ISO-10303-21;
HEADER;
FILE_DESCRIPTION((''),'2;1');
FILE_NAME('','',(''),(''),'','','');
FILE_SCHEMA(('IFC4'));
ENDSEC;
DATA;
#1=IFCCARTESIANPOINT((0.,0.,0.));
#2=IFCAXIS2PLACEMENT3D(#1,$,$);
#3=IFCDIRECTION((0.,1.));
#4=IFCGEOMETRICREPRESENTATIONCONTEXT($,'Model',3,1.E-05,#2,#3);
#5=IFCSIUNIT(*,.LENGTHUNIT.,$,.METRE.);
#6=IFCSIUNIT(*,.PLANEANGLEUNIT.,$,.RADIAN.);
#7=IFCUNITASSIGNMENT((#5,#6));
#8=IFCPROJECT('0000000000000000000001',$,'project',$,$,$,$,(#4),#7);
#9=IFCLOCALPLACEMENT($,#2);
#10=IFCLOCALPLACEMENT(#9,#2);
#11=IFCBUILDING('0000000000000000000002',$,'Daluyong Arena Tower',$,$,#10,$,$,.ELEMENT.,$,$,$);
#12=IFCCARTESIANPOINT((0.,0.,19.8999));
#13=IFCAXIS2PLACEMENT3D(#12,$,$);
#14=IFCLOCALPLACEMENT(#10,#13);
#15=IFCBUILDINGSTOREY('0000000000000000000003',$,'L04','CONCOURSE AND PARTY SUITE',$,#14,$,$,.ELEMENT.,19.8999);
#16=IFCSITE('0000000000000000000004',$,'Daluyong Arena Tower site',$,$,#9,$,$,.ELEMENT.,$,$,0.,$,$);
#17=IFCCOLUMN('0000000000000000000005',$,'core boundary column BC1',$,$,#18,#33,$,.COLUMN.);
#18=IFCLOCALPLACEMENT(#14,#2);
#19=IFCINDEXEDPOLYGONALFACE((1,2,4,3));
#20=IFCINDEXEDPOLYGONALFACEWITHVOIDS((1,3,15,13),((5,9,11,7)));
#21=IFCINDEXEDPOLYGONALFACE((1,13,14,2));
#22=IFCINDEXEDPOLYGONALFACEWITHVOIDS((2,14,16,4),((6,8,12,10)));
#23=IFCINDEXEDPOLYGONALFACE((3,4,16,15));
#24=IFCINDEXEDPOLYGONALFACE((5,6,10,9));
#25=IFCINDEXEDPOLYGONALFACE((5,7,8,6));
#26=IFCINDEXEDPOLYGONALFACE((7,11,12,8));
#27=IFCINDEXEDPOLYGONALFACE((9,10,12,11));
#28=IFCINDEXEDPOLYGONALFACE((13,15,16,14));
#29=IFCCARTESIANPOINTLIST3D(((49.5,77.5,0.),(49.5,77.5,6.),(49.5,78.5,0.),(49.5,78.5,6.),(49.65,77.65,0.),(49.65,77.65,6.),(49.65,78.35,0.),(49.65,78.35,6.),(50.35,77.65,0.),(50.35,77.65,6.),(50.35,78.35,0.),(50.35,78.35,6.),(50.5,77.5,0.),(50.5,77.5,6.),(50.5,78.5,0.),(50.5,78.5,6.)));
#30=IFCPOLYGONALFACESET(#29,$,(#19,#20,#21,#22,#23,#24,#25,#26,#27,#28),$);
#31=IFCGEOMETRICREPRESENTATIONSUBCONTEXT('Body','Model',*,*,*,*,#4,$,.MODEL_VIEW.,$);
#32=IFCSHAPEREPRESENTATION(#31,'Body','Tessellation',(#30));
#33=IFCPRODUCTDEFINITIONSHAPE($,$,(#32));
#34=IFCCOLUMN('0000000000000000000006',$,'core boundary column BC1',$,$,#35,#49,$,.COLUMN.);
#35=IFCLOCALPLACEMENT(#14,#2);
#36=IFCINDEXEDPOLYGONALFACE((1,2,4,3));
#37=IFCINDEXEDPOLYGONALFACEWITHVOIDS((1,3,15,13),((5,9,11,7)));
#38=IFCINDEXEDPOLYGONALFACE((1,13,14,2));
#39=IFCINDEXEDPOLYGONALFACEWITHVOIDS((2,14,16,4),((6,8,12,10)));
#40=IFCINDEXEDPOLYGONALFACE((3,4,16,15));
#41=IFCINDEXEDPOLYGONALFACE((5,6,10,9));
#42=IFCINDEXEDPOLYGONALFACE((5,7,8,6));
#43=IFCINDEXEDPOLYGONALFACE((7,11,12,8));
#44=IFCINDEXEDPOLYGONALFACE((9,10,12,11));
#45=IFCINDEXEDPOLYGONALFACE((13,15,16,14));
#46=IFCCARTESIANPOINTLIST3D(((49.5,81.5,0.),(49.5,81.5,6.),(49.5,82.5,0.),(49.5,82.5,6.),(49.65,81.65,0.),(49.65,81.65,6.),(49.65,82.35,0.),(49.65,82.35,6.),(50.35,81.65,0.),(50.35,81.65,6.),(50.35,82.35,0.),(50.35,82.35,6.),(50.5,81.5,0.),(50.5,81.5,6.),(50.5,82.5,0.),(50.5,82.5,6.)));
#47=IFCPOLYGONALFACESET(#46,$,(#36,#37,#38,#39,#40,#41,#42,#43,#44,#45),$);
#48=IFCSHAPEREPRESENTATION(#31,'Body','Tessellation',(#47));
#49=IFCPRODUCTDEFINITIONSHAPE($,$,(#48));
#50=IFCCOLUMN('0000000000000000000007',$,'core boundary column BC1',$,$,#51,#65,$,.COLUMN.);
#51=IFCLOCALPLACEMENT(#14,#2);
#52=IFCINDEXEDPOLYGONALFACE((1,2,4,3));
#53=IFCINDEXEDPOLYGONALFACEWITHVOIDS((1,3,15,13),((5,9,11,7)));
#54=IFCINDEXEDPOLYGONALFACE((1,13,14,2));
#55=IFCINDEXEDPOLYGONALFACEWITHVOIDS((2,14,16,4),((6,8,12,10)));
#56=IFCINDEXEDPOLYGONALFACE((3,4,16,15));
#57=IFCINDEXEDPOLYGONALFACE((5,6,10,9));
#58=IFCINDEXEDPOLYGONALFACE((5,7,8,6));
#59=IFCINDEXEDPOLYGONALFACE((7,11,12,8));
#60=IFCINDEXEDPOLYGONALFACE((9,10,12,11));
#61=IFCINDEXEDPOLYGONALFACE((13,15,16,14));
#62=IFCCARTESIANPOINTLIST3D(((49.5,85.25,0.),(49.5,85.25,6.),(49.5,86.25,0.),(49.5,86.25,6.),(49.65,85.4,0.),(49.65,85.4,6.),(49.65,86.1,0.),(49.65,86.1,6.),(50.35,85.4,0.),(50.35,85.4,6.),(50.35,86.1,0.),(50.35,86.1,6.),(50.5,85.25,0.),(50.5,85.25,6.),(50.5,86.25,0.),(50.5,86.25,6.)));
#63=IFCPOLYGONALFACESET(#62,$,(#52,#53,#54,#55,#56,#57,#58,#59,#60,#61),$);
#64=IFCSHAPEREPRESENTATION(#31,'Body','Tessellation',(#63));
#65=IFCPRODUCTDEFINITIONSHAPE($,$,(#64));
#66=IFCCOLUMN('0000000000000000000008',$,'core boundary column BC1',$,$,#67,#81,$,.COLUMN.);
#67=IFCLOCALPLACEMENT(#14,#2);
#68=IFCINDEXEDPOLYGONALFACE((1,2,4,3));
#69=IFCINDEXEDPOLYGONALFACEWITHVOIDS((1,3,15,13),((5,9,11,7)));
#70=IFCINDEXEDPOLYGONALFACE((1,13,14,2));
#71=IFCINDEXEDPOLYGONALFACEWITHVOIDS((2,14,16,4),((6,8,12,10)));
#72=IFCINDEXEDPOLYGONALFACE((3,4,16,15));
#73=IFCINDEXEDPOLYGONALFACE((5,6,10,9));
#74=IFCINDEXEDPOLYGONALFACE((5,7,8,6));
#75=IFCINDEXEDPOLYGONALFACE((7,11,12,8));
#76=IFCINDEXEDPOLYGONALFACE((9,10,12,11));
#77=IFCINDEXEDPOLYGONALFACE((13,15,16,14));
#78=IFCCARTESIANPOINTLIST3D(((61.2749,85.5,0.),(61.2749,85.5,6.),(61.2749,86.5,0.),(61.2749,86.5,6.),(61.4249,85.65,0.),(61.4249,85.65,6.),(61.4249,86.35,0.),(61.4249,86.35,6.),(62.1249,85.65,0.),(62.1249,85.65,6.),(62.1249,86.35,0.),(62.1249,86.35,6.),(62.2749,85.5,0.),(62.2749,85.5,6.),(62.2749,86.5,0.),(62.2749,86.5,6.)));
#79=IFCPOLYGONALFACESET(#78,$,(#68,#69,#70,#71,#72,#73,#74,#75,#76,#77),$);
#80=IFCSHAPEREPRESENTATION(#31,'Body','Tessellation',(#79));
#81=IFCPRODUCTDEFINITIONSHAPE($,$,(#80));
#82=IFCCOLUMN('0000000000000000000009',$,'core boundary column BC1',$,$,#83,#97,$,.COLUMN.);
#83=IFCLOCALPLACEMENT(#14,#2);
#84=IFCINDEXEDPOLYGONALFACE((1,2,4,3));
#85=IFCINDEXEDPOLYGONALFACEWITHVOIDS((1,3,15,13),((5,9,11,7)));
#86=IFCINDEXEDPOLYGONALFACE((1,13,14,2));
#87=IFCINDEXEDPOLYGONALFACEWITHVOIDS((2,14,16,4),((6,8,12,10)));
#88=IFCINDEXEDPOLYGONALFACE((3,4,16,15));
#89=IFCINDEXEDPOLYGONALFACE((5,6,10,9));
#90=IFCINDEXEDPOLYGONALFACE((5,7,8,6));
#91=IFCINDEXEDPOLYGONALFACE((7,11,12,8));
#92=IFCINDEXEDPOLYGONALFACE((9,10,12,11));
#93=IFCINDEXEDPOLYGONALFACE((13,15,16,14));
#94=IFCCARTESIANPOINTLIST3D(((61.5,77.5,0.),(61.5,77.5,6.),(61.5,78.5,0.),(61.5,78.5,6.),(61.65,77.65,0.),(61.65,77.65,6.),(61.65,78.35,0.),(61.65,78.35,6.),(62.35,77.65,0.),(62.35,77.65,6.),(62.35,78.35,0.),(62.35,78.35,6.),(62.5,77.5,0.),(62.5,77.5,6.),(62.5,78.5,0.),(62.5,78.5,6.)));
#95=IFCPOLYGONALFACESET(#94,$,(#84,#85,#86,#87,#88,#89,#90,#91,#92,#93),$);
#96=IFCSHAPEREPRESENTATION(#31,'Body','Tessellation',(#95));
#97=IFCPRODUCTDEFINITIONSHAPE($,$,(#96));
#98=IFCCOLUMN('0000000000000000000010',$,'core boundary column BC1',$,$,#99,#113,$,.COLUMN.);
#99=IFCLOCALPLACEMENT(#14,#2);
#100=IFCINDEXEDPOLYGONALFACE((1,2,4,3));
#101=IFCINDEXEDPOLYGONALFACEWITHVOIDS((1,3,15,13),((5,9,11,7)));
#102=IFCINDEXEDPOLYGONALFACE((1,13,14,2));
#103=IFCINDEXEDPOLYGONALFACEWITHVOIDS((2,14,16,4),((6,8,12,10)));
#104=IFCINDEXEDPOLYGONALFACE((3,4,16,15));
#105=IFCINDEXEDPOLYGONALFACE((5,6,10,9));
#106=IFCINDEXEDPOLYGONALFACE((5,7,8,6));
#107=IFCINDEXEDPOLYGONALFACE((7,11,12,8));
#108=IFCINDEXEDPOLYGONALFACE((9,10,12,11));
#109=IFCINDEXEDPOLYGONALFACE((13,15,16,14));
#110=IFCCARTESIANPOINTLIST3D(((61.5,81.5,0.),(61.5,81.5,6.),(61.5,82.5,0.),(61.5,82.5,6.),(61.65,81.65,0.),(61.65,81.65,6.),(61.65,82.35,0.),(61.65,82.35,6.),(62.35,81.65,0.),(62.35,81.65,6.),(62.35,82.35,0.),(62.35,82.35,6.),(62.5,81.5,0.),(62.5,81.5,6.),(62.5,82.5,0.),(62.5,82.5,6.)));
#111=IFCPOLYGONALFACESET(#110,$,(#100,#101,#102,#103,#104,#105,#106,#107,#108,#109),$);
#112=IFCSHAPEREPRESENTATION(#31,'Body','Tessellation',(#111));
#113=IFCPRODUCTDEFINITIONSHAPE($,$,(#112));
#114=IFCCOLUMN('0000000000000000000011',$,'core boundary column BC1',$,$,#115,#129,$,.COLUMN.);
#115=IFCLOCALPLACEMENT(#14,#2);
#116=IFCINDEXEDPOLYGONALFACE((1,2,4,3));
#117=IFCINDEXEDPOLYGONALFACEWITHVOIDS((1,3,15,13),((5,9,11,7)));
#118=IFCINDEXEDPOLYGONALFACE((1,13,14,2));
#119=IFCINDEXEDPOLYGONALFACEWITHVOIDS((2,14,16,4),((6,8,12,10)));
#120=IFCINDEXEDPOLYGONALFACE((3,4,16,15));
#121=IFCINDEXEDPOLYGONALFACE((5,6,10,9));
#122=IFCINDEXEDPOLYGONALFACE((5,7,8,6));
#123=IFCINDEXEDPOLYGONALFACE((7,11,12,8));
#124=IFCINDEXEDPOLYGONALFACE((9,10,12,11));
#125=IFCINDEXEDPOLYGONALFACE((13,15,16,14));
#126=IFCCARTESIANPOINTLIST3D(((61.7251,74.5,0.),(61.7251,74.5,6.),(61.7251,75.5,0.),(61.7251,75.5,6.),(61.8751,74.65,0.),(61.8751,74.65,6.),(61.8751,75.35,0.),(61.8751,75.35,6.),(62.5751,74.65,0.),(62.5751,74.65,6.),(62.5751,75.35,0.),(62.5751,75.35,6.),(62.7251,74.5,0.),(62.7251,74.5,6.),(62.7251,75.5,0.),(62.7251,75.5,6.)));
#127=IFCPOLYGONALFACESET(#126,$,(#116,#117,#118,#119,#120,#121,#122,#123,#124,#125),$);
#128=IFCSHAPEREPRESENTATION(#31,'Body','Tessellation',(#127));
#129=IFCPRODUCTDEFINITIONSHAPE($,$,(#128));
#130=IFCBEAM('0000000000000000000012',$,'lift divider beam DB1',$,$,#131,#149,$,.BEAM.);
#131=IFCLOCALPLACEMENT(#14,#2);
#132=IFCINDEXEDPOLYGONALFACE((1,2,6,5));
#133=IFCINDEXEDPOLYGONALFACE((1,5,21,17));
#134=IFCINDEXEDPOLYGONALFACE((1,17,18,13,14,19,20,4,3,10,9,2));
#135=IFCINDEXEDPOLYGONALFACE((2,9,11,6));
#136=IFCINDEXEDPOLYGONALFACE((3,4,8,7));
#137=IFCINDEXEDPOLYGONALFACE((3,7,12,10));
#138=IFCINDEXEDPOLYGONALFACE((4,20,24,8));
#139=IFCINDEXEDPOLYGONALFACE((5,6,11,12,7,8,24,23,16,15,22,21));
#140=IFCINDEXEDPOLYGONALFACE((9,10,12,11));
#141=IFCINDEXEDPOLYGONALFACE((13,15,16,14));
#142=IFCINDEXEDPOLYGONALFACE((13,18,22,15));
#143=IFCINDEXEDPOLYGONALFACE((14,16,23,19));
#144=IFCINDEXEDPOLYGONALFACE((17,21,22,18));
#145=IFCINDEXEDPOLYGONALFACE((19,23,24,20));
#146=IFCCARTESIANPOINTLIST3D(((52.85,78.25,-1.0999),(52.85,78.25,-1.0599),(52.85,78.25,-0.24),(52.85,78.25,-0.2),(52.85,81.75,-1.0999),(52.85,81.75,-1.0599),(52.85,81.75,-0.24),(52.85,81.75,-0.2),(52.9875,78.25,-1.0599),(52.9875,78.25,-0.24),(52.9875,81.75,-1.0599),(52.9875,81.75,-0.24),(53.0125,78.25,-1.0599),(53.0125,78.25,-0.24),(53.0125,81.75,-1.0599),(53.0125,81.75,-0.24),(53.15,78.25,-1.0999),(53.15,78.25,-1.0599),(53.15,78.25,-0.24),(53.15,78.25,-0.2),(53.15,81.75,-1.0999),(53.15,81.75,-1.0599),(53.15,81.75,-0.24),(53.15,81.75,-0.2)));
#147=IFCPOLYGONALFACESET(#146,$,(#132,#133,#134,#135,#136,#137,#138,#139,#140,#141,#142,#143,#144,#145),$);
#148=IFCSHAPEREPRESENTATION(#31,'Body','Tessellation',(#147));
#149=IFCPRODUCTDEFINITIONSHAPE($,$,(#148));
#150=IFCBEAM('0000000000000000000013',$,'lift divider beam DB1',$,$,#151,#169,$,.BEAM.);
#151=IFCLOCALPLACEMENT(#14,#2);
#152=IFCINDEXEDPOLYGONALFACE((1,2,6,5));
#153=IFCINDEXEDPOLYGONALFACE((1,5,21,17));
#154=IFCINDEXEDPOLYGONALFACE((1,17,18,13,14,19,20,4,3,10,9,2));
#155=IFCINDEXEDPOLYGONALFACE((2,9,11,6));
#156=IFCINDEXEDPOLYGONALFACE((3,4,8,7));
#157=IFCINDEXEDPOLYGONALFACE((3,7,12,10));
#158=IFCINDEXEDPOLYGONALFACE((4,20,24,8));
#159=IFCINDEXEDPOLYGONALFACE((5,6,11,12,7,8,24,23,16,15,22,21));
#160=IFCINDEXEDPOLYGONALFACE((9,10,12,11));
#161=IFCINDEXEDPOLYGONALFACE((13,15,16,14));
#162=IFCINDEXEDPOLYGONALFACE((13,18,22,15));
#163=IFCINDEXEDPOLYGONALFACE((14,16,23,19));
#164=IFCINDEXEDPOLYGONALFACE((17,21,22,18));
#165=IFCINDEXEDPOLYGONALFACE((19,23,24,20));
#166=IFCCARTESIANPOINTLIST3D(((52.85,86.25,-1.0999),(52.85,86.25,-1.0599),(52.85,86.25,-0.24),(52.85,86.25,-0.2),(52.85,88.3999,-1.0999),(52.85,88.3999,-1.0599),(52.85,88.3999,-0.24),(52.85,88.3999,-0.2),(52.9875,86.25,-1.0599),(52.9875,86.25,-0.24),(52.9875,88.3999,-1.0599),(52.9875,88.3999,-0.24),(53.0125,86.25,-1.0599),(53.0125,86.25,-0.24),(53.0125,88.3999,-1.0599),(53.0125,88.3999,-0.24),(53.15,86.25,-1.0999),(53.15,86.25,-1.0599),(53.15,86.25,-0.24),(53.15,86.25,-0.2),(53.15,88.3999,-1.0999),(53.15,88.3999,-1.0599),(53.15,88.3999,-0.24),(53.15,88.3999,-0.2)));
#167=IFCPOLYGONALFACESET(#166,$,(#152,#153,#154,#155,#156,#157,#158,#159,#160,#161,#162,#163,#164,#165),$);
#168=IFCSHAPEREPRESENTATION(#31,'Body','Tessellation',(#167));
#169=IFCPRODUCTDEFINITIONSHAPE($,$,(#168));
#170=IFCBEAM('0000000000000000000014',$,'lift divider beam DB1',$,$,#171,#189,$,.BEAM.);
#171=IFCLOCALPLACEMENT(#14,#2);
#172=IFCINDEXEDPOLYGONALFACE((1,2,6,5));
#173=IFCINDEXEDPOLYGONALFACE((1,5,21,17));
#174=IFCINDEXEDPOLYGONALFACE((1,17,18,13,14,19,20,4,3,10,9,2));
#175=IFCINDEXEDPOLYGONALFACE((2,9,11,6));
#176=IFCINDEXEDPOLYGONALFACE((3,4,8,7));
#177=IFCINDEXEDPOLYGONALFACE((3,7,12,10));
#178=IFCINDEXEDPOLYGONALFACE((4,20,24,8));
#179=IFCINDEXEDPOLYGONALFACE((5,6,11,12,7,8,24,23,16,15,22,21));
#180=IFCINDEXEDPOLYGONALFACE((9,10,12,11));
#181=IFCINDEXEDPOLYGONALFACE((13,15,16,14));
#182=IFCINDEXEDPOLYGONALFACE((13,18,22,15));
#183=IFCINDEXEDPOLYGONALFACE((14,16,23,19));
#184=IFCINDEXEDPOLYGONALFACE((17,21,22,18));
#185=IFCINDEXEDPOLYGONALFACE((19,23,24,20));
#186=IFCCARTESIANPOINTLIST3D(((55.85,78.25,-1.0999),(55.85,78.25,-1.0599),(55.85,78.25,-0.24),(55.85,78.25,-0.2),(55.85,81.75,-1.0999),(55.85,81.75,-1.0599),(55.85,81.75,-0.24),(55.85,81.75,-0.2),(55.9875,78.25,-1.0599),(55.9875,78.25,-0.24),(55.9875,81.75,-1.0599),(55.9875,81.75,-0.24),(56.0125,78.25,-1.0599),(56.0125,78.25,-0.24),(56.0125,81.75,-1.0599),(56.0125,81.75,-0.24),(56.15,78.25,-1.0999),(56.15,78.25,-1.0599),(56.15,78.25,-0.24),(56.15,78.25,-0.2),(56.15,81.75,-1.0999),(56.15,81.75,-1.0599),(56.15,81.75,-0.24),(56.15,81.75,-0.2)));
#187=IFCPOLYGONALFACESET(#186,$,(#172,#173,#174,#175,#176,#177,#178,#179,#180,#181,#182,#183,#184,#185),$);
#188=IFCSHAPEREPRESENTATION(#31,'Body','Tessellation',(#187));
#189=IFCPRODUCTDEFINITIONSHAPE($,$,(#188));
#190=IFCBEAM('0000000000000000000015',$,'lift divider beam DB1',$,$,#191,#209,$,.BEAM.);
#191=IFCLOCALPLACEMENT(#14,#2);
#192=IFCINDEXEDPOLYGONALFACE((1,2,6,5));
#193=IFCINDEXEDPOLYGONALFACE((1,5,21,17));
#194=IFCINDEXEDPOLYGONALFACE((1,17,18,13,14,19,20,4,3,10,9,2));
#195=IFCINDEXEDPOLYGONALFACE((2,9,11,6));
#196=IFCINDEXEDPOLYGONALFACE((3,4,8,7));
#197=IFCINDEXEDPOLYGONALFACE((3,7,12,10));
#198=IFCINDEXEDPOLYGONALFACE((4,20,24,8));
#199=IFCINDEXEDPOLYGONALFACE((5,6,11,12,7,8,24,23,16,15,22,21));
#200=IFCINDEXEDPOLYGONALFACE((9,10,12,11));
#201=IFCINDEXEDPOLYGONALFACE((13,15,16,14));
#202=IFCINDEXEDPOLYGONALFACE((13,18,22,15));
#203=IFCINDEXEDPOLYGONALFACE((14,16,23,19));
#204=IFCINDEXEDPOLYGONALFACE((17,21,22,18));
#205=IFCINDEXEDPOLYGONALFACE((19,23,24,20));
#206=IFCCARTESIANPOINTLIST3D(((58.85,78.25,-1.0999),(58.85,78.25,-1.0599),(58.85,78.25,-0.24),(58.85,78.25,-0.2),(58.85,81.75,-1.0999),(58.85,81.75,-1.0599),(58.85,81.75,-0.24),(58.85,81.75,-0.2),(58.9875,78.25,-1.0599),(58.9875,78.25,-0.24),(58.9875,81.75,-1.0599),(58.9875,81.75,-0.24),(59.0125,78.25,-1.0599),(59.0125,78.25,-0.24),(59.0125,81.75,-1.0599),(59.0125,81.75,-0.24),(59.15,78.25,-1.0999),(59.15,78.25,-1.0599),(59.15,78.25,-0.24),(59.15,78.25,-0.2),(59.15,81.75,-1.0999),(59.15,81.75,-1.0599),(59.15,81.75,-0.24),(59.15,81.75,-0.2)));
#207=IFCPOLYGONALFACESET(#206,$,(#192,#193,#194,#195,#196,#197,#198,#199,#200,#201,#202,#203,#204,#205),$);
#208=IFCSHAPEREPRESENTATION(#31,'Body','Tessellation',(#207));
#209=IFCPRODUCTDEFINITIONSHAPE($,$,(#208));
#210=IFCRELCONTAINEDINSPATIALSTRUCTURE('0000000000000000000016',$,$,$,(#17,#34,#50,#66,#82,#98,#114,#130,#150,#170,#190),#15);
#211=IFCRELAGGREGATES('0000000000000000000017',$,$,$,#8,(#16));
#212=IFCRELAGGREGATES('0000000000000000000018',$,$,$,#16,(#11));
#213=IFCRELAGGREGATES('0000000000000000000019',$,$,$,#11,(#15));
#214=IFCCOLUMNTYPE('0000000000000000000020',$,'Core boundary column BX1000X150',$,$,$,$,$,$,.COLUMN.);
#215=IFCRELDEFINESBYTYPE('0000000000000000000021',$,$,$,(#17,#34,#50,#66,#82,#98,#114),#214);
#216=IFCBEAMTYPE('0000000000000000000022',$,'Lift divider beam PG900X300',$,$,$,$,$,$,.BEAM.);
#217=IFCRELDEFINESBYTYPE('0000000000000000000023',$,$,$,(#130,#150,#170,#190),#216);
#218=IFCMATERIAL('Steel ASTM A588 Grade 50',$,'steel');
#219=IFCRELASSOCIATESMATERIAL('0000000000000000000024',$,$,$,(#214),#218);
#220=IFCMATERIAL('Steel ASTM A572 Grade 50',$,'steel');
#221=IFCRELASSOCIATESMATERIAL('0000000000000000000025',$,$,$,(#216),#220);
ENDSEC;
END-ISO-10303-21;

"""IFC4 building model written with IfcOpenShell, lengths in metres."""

from ifc_helpers import new_model, si_unit, direction, frame, origin, origin_2d, place, context, subcontext, project, spatial, hollow_rectangle, i_section, extrude, material, material_profile, profile_set, type_object, element, save


model = new_model("IFC4")

# Units and contexts
model_context = context("Model", 3, precision=1e-05, world=origin(), true_north=direction((0.0, 1.0)))
body_context = subcontext(model_context, "Body", "Model", "MODEL_VIEW")
ifc_project = project(units=[si_unit("LENGTHUNIT", "METRE"), si_unit("PLANEANGLEUNIT", "RADIAN")], contexts=[model_context])

# Site, building, storey
site_placement = place(None, origin())
site = spatial("IfcSite", under=ifc_project, at=site_placement, Name="Daluyong Arena Tower site", CompositionType="ELEMENT", RefElevation=0.0)
building_placement = place(site_placement, origin())
building = spatial("IfcBuilding", under=site, at=building_placement, Name="Daluyong Arena Tower", CompositionType="ELEMENT")
storey_placement = place(building_placement, frame((0.0, 0.0, 19.8999)))
storey = spatial("IfcBuildingStorey", under=building, at=storey_placement, Name="L04", Description="CONCOURSE AND PARTY SUITE", CompositionType="ELEMENT", Elevation=19.8999)

# Columns
ifc_material_1 = material(Name="Steel ASTM A588 Grade 50", Category="steel")
ifc_material_profile_1 = material_profile(ifc_material_1, hollow_rectangle(XDim=1.0, YDim=1.0, WallThickness=0.15, at=origin_2d()))
ifc_profile_set_1 = profile_set([ifc_material_profile_1], Name="Steel ASTM A588 Grade 50")
column_type = type_object("IfcColumnType", Name="Core boundary column BX1000X150", PredefinedType="COLUMN", material=ifc_profile_set_1)
for number, where, z_axis, x_axis, name in (
    (1, (50.0, 78.0, 0.0), (0.0, 0.0, 1.0), (1.0, 0.0, 0.0), "core boundary column BC1"),
    (2, (50.0, 82.0, 0.0), (0.0, 0.0, 1.0), (1.0, 0.0, 0.0), "core boundary column BC1"),
    (3, (50.0, 85.75, 0.0), (0.0, 0.0, 1.0), (1.0, 0.0, 0.0), "core boundary column BC1"),
    (4, (61.7749, 86.0, 0.0), (0.0, 0.0, 1.0), (1.0, 0.0, 0.0), "core boundary column BC1"),
    (5, (62.0, 78.0, 0.0), (0.0, 0.0, 1.0), (1.0, 0.0, 0.0), "core boundary column BC1"),
    (6, (62.0, 82.0, 0.0), (0.0, 0.0, 1.0), (1.0, 0.0, 0.0), "core boundary column BC1"),
    (7, (62.2251, 75.0, 0.0), (0.0, 0.0, 1.0), (1.0, 0.0, 0.0), "core boundary column BC1"),
):
    element("IfcColumn", number, at=place(storey_placement, frame(where, z_axis=z_axis, x_axis=x_axis)), inside=storey, type_object=column_type, Name=name, PredefinedType="COLUMN", context=body_context, shape_type="SweptSolid", body=[
        extrude(hollow_rectangle(XDim=1.0, YDim=1.0, WallThickness=0.15, at=origin_2d()), origin(), (0.0, 0.0, 1.0), 6.0),
    ])

# Beams
ifc_material_2 = material(Name="Steel ASTM A572 Grade 50", Category="steel")
ifc_material_profile_2 = material_profile(ifc_material_2, i_section(OverallWidth=0.3, OverallDepth=0.8999, WebThickness=0.025, FlangeThickness=0.04, at=origin_2d()))
ifc_profile_set_2 = profile_set([ifc_material_profile_2], Name="Steel ASTM A572 Grade 50")
beam_type_1 = type_object("IfcBeamType", Name="Lift divider beam PG900X300", PredefinedType="BEAM", material=ifc_profile_set_2)
beam_1_placement = place(storey_placement, frame((53.0, 78.25, -0.6499), z_axis=(0.0, 1.0, 0.0), x_axis=(-1.0, 0.0, 0.0)))
element("IfcBeam", 8, at=beam_1_placement, inside=storey, type_object=beam_type_1, Name="lift divider beam DB1", PredefinedType="BEAM", context=body_context, shape_type="SweptSolid", body=[
    extrude(i_section(OverallWidth=0.3, OverallDepth=0.8999, WebThickness=0.025, FlangeThickness=0.04, at=origin_2d()), origin(), (0.0, 0.0, 1.0), 3.5),
])
beam_2_placement = place(storey_placement, frame((53.0, 86.25, -0.6499), z_axis=(0.0, 1.0, 0.0), x_axis=(-1.0, 0.0, 0.0)))
element("IfcBeam", 9, at=beam_2_placement, inside=storey, type_object=beam_type_1, Name="lift divider beam DB1", PredefinedType="BEAM", context=body_context, shape_type="SweptSolid", body=[
    extrude(i_section(OverallWidth=0.3, OverallDepth=0.8999, WebThickness=0.025, FlangeThickness=0.04, at=origin_2d()), origin(), (0.0, 0.0, 1.0), 2.1499),
])
for number, where, z_axis, x_axis, name in (
    (10, (56.0, 78.25, -0.6499), (0.0, 1.0, 0.0), (-1.0, 0.0, 0.0), "lift divider beam DB1"),
    (11, (59.0, 78.25, -0.6499), (0.0, 1.0, 0.0), (-1.0, 0.0, 0.0), "lift divider beam DB1"),
):
    element("IfcBeam", number, at=place(storey_placement, frame(where, z_axis=z_axis, x_axis=x_axis)), inside=storey, type_object=beam_type_1, Name=name, PredefinedType="BEAM", context=body_context, shape_type="SweptSolid", body=[
        extrude(i_section(OverallWidth=0.3, OverallDepth=0.8999, WebThickness=0.025, FlangeThickness=0.04, at=origin_2d()), origin(), (0.0, 0.0, 1.0), 3.5),
    ])

save(model, "model.ifc")
